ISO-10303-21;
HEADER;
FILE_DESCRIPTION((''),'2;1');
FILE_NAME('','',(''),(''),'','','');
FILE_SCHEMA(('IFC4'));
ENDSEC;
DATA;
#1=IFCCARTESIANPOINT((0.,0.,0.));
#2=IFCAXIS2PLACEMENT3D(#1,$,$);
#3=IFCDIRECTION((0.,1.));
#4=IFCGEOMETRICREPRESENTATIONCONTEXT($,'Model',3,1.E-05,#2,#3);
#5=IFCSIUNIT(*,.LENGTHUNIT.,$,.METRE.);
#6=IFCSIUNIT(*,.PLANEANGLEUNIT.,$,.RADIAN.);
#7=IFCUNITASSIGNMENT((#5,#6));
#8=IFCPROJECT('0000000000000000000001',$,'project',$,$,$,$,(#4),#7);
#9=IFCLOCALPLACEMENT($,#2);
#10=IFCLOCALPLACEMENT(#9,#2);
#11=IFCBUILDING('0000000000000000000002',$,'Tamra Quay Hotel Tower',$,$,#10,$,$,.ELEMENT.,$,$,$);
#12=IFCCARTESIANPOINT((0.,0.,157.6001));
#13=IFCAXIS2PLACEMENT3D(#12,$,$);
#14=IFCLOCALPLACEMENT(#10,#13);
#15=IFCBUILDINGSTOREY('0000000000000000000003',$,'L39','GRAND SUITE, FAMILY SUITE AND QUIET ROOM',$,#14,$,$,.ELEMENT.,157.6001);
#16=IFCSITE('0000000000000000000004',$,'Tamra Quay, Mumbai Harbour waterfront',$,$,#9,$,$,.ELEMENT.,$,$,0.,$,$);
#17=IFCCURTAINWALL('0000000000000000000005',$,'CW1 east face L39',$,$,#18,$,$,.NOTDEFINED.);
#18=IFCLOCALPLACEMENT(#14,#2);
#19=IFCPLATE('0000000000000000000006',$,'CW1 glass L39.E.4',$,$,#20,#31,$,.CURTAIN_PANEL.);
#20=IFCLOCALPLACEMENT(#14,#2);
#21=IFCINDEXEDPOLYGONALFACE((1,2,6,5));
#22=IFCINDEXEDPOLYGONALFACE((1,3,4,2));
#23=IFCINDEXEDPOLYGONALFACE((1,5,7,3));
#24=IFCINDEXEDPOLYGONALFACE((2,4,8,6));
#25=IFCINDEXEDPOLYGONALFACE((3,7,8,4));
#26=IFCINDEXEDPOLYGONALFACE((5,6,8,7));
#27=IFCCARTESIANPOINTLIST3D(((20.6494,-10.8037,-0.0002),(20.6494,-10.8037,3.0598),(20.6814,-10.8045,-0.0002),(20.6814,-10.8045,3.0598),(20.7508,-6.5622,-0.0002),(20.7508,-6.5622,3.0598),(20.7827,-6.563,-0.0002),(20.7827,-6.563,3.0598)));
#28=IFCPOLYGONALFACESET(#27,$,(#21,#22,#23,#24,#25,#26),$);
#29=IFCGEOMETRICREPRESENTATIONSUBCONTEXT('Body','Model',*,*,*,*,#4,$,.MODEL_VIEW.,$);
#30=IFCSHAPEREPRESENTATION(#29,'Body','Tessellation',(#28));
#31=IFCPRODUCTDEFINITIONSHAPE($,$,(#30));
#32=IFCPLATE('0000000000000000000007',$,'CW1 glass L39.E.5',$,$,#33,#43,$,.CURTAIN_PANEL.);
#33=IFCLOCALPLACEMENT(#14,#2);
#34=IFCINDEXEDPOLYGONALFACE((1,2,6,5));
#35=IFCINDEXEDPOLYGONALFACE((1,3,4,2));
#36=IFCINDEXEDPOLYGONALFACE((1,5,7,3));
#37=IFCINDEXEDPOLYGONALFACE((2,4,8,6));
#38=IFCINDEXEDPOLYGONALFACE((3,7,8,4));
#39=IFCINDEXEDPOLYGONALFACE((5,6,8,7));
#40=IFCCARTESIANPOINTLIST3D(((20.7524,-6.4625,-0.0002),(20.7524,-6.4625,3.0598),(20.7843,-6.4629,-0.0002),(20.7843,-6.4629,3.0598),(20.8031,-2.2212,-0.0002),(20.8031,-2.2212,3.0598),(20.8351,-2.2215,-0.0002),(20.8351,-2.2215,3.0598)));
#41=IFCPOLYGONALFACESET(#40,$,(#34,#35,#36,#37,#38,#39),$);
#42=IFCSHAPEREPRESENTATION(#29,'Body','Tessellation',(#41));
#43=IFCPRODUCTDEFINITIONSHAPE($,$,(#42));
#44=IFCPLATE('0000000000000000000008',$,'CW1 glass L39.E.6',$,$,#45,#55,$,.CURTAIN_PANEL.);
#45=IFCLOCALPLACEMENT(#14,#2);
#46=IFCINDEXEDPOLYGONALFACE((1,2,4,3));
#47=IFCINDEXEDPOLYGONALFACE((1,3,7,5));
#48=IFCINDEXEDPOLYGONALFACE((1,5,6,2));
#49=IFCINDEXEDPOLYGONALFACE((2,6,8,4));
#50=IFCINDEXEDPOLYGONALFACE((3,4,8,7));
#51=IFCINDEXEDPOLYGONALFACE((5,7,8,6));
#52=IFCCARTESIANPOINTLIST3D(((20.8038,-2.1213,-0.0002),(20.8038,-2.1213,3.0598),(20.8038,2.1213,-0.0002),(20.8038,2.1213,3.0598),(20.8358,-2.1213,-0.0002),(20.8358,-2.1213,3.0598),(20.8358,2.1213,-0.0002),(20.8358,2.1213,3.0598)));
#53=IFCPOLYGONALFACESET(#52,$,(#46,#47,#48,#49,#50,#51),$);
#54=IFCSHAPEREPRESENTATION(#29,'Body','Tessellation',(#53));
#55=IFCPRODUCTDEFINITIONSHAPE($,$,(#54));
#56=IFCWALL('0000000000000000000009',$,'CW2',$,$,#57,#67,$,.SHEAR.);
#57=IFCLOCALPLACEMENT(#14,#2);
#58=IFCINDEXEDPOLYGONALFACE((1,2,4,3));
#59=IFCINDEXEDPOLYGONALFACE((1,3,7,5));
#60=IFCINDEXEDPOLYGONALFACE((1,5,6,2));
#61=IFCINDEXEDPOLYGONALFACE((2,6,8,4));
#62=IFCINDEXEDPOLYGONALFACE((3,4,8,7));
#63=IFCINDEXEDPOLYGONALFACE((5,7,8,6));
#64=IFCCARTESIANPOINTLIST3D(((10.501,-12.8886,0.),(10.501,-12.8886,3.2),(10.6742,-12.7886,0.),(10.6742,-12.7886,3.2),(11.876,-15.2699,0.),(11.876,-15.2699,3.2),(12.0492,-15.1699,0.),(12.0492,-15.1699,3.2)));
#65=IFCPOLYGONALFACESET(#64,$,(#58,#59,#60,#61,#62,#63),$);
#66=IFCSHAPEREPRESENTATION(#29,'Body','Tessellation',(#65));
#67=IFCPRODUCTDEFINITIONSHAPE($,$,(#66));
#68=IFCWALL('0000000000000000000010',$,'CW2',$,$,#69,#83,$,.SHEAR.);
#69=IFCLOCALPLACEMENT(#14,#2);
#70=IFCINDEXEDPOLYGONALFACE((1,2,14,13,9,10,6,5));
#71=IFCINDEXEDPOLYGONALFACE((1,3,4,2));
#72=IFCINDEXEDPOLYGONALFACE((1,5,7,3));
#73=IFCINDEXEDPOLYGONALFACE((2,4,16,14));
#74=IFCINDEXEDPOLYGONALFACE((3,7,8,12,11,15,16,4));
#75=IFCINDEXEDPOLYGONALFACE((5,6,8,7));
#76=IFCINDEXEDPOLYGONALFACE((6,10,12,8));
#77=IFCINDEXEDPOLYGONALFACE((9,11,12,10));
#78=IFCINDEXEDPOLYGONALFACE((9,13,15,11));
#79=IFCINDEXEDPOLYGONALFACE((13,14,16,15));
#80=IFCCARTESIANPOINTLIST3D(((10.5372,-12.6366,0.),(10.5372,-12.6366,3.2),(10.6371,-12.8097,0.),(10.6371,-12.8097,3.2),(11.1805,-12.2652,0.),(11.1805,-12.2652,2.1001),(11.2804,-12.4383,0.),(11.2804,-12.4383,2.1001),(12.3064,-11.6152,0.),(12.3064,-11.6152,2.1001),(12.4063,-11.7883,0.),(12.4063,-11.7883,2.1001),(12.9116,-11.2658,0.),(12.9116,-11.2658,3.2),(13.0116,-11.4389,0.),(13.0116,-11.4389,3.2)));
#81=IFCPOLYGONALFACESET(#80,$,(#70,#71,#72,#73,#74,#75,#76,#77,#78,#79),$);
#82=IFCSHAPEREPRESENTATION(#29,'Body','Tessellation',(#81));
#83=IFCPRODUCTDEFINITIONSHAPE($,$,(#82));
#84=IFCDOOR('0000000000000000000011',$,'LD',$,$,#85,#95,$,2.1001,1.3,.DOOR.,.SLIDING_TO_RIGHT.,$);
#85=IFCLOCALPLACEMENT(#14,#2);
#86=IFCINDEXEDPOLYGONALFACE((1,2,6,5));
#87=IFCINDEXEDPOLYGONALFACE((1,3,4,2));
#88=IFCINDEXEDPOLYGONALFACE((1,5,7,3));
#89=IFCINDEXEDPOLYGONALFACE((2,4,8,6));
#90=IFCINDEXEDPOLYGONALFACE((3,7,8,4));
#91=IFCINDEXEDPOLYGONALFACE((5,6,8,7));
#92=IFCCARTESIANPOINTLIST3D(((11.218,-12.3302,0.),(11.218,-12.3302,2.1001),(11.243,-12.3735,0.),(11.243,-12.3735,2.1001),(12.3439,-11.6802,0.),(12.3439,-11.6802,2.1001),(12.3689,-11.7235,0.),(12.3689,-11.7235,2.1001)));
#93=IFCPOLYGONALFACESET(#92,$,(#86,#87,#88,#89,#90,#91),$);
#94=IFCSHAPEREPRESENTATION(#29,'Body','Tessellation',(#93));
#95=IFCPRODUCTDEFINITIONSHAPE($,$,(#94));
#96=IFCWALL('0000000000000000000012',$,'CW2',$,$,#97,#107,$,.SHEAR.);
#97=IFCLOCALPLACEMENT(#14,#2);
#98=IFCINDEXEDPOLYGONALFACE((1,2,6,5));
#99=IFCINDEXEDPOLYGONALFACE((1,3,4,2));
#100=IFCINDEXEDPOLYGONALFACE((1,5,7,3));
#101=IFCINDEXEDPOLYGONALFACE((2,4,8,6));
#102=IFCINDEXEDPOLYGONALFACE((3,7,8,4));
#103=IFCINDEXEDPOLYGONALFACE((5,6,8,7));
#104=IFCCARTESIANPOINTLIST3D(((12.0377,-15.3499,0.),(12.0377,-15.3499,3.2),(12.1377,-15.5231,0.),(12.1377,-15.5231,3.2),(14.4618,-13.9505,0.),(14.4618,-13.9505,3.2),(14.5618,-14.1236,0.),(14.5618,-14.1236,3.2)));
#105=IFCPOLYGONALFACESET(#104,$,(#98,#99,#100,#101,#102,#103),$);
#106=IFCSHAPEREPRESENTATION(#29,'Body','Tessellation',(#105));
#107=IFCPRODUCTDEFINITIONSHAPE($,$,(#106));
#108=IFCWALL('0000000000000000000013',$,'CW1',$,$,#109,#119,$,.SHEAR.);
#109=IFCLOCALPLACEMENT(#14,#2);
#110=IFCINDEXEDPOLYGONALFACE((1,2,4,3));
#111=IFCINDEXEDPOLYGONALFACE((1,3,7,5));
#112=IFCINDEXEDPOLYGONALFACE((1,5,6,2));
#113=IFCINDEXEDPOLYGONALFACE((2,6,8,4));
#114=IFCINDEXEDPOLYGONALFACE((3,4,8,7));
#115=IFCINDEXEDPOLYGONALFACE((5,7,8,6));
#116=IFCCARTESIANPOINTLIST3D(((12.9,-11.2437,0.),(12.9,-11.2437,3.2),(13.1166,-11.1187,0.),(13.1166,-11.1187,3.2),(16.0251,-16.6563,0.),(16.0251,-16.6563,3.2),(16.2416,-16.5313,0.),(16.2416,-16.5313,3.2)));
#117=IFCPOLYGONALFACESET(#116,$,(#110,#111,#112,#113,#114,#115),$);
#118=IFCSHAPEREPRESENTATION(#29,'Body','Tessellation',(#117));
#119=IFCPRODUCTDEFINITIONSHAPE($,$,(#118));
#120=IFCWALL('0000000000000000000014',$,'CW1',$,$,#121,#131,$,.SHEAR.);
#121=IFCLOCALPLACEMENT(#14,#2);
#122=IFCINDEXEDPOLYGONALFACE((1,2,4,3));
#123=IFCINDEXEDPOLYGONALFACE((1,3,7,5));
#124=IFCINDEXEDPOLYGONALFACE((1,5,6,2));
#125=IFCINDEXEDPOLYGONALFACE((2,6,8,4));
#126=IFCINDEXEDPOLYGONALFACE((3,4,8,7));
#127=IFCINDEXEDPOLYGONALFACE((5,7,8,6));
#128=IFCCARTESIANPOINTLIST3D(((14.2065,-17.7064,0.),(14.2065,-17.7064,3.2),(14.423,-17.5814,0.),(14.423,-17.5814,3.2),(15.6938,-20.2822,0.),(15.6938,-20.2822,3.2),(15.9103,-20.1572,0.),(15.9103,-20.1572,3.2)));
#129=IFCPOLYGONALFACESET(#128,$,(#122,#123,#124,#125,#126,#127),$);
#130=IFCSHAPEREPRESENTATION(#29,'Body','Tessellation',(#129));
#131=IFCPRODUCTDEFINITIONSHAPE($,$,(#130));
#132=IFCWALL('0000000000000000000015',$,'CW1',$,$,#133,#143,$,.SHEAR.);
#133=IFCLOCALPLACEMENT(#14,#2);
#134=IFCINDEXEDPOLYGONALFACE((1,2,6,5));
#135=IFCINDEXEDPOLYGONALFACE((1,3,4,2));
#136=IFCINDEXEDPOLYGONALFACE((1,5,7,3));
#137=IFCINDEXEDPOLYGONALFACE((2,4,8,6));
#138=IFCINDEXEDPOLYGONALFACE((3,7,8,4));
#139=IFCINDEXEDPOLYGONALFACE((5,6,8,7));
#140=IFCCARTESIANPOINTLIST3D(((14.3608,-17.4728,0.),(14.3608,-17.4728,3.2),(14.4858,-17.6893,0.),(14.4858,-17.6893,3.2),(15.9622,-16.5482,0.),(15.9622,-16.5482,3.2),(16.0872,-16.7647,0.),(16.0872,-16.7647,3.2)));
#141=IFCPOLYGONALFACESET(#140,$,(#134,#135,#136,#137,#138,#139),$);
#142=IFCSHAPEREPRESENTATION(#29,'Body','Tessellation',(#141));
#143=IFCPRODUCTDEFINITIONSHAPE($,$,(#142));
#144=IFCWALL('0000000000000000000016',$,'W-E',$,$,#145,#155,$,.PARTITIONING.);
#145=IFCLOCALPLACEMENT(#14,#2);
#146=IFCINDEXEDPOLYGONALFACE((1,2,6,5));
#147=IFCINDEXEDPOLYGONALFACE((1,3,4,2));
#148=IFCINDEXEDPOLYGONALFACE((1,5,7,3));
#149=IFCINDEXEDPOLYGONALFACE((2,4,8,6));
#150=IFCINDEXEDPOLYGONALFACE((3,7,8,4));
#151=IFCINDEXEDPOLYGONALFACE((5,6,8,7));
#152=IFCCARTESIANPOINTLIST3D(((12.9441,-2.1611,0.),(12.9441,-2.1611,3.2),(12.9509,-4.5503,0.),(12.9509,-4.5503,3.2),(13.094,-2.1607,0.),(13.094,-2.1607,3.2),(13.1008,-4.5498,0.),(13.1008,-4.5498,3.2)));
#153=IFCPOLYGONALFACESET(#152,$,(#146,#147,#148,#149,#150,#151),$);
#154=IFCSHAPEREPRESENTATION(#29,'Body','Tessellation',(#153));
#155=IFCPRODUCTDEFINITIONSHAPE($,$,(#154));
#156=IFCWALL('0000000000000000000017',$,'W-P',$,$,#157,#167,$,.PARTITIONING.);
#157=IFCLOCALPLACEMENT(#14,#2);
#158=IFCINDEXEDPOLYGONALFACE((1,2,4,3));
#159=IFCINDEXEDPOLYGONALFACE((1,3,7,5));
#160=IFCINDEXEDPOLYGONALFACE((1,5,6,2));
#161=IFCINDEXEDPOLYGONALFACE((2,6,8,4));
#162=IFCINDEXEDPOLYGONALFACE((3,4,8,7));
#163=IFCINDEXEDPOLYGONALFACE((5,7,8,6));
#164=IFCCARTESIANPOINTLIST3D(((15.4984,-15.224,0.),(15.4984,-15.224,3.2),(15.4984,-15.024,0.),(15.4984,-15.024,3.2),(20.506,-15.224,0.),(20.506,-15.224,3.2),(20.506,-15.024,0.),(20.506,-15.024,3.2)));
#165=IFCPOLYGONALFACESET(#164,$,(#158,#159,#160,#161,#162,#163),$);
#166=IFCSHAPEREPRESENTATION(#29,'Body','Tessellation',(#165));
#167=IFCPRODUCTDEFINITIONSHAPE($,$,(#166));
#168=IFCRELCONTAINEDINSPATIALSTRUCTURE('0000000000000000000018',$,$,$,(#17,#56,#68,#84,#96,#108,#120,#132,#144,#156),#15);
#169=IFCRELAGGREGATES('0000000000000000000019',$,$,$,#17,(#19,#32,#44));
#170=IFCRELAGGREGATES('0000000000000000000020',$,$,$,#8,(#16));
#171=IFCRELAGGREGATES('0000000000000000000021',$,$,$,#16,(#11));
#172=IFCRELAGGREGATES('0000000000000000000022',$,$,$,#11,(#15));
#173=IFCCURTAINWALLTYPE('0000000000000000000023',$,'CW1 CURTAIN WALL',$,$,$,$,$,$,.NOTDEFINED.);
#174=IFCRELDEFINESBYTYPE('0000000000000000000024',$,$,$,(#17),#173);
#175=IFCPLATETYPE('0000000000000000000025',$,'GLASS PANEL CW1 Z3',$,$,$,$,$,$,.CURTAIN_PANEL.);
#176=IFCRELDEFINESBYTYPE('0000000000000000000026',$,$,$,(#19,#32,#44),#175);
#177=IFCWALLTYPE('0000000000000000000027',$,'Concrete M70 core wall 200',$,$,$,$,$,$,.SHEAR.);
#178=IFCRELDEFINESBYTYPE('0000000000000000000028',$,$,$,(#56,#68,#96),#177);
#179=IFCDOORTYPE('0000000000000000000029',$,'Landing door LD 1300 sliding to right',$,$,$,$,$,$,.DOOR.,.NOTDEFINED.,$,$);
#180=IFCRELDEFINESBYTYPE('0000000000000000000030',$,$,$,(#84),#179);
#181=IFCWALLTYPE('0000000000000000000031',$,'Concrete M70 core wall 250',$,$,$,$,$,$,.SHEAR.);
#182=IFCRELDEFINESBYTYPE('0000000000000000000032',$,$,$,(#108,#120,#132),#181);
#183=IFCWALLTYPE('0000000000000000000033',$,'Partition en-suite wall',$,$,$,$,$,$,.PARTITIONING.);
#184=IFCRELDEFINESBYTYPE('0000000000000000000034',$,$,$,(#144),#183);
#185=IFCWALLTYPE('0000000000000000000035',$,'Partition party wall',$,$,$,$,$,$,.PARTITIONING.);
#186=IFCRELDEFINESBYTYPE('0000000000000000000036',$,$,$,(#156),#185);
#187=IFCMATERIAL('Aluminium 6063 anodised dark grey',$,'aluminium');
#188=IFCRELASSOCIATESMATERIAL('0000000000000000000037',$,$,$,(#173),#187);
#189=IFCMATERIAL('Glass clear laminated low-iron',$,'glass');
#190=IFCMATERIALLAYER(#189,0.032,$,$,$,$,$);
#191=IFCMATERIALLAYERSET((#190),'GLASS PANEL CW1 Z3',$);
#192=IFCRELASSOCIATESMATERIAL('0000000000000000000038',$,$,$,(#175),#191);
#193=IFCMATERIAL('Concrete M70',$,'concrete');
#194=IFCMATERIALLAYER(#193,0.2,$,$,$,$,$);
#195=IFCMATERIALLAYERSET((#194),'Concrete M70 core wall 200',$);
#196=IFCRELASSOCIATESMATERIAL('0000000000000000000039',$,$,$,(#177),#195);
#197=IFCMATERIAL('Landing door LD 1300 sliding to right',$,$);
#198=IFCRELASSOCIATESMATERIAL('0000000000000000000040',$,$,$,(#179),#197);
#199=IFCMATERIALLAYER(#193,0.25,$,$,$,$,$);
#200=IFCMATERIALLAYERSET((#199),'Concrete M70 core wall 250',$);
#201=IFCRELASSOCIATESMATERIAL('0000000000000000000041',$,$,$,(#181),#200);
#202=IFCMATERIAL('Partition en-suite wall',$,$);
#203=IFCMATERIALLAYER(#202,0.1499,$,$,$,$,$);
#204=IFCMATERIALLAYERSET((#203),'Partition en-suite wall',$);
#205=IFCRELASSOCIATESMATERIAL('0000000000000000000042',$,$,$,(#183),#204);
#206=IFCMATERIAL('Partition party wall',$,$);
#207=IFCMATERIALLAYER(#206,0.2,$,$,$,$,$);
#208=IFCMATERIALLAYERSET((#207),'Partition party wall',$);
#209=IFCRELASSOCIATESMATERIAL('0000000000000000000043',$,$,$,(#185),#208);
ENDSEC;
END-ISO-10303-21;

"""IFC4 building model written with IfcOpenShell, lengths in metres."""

from ifc_helpers import new_model, si_unit, direction, frame, frame_2d, origin, origin_2d, place, context, subcontext, project, spatial, rectangle, extrude, material, layer, layer_set, type_object, element, fill, aggregate, save


model = new_model("IFC4")

# Units and contexts
model_context = context("Model", 3, precision=1e-05, world=origin(), true_north=direction((0.0, 1.0)))
body_context = subcontext(model_context, "Body", "Model", "MODEL_VIEW")
ifc_project = project(units=[si_unit("LENGTHUNIT", "METRE"), si_unit("PLANEANGLEUNIT", "RADIAN")], contexts=[model_context])

# Site, building, storey
site_placement = place(None, origin())
site = spatial("IfcSite", under=ifc_project, at=site_placement, Name="Tamra Quay, Mumbai Harbour waterfront", CompositionType="ELEMENT", RefElevation=0.0)
building_placement = place(site_placement, origin())
building = spatial("IfcBuilding", under=site, at=building_placement, Name="Tamra Quay Hotel Tower", CompositionType="ELEMENT")
storey_placement = place(building_placement, frame((0.0, 0.0, 157.6001)))
storey = spatial("IfcBuildingStorey", under=building, at=storey_placement, Name="L39", Description="GRAND SUITE, FAMILY SUITE AND QUIET ROOM", CompositionType="ELEMENT", Elevation=157.6001)

# Shared definitions
ifc_material_1 = material(Name="Concrete M70", Category="concrete")

# Curtain wall
ifc_material_2 = material(Name="Aluminium 6063 anodised dark grey", Category="aluminium")
curtain_wall_type = type_object("IfcCurtainWallType", Name="CW1 CURTAIN WALL", PredefinedType="NOTDEFINED", material=ifc_material_2)
curtain_wall_placement = place(storey_placement, origin())
curtain_wall = element("IfcCurtainWall", 1, at=curtain_wall_placement, inside=storey, type_object=curtain_wall_type, Name="CW1 east face L39", PredefinedType="NOTDEFINED")

# Plates
ifc_material_3 = material(Name="Glass clear laminated low-iron", Category="glass")
ifc_layer_1 = layer(ifc_material_3, 0.032)
ifc_layer_set_1 = layer_set([ifc_layer_1], Name="GLASS PANEL CW1 Z3")
plate_type = type_object("IfcPlateType", Name="GLASS PANEL CW1 Z3", PredefinedType="CURTAIN_PANEL", material=ifc_layer_set_1)
plate_1_placement = place(storey_placement, frame((20.7161, -8.6833, -0.0002), z_axis=(0.0, 0.0, 1.0), x_axis=(0.023896, 0.999714, 0.0)))
plate_1 = element("IfcPlate", 2, at=plate_1_placement, type_object=plate_type, Name="CW1 glass L39.E.4", PredefinedType="CURTAIN_PANEL", context=body_context, shape_type="SweptSolid", body=[
    extrude(rectangle(XDim=4.2427, YDim=0.032, at=origin_2d()), origin(), (0.0, 0.0, 1.0), 3.0601),
])
plate_2_placement = place(storey_placement, frame((20.7937, -4.342, -0.0002), z_axis=(0.0, 0.0, 1.0), x_axis=(0.011957, 0.999929, 0.0)))
plate_2 = element("IfcPlate", 3, at=plate_2_placement, type_object=plate_type, Name="CW1 glass L39.E.5", PredefinedType="CURTAIN_PANEL", context=body_context, shape_type="SweptSolid", body=[
    extrude(rectangle(XDim=4.2417, YDim=0.032, at=origin_2d()), origin(), (0.0, 0.0, 1.0), 3.0601),
])
plate_3_placement = place(storey_placement, frame((20.8198, 0.0, -0.0002), z_axis=(0.0, 0.0, 1.0), x_axis=(0.0, 1.0, 0.0)))
plate_3 = element("IfcPlate", 4, at=plate_3_placement, type_object=plate_type, Name="CW1 glass L39.E.6", PredefinedType="CURTAIN_PANEL", context=body_context, shape_type="SweptSolid", body=[
    extrude(rectangle(XDim=4.2427, YDim=0.032, at=origin_2d()), origin(), (0.0, 0.0, 1.0), 3.0601),
])
aggregate(curtain_wall, [plate_1, plate_2, plate_3])

# Wall
ifc_layer_2 = layer(ifc_material_1, 0.2)
ifc_layer_set_2 = layer_set([ifc_layer_2], Name="Concrete M70 core wall 200")
wall_type_1 = type_object("IfcWallType", Name="Concrete M70 core wall 200", PredefinedType="SHEAR", material=ifc_layer_set_2)
wall_1_placement = place(storey_placement, frame((11.9626, -15.22, 0.0), z_axis=(0.0, 0.0, 1.0), x_axis=(-0.500035, 0.866005, 0.0)))
element("IfcWall", 5, at=wall_1_placement, inside=storey, type_object=wall_type_1, Name="CW2", PredefinedType="SHEAR", context=body_context, shape_type="SweptSolid", body=[
    extrude(rectangle(XDim=2.7498, YDim=0.2, at=frame_2d((1.375, 0.0))), origin(), (0.0, 0.0, 1.0), 3.2),
])

# Wall, opening, door
wall_2_placement = place(storey_placement, frame((10.5872, -12.7231, 0.0), z_axis=(0.0, 0.0, 1.0), x_axis=(0.866037, 0.499979, 0.0)))
wall_2 = element("IfcWall", 6, at=wall_2_placement, inside=storey, type_object=wall_type_1, Name="CW2", PredefinedType="SHEAR", context=body_context, shape_type="SweptSolid", body=[
    extrude(rectangle(XDim=2.7417, YDim=0.2, at=frame_2d((1.3708, 0.0))), origin(), (0.0, 0.0, 1.0), 3.2),
])
opening_placement = place(wall_2_placement, frame((0.7429, 0.0, 0.0)))
opening = element("IfcOpeningElement", 7, at=opening_placement, cuts=wall_2, PredefinedType="OPENING", context=body_context, shape_type="SweptSolid", body=[
    extrude(rectangle(XDim=1.3, YDim=2.1001, at=frame_2d((0.6499, 1.05))), frame((0.0, 0.1099, 0.0), z_axis=(0.0, -1.0, 0.0), x_axis=(1.0, 0.0, 0.0)), (0.0, 0.0, 1.0), 0.22),
])
ifc_material_4 = material(Name="Landing door LD 1300 sliding to right")
door_type = type_object("IfcDoorType", Name="Landing door LD 1300 sliding to right", OperationType="NOTDEFINED", PredefinedType="DOOR", material=ifc_material_4)
door_placement = place(opening_placement, origin())
door = element("IfcDoor", 8, at=door_placement, inside=storey, type_object=door_type, Name="LD", OperationType="SLIDING_TO_RIGHT", OverallHeight=2.1001, OverallWidth=1.3, PredefinedType="DOOR", context=body_context, shape_type="SweptSolid", body=[
    extrude(rectangle(XDim=1.3, YDim=2.1001, at=frame_2d((0.6499, 1.05))), frame((0.0, 0.0249, 0.0), z_axis=(0.0, -1.0, 0.0), x_axis=(1.0, 0.0, 0.0)), (0.0, 0.0, 1.0), 0.05),
])
fill(opening, door)

# Walls
wall_3_placement = place(storey_placement, frame((14.5117, -14.0371, 0.0), z_axis=(0.0, 0.0, 1.0), x_axis=(-0.866045, -0.499967, 0.0)))
element("IfcWall", 9, at=wall_3_placement, inside=storey, type_object=wall_type_1, Name="CW2", PredefinedType="SHEAR", context=body_context, shape_type="SweptSolid", body=[
    extrude(rectangle(XDim=2.7991, YDim=0.2, at=frame_2d((1.3994, 0.0))), origin(), (0.0, 0.0, 1.0), 3.2),
])
ifc_layer_3 = layer(ifc_material_1, 0.25)
ifc_layer_set_3 = layer_set([ifc_layer_3], Name="Concrete M70 core wall 250")
wall_type_2 = type_object("IfcWallType", Name="Concrete M70 core wall 250", PredefinedType="SHEAR", material=ifc_layer_set_3)
wall_4_placement = place(storey_placement, frame((13.0083, -11.1812, 0.0), z_axis=(0.0, 0.0, 1.0), x_axis=(0.500004, -0.866023, 0.0)))
element("IfcWall", 10, at=wall_4_placement, inside=storey, type_object=wall_type_2, Name="CW1", PredefinedType="SHEAR", context=body_context, shape_type="SweptSolid", body=[
    extrude(rectangle(XDim=6.25, YDim=0.25, at=frame_2d((3.125, 0.0))), origin(), (0.0, 0.0, 1.0), 3.2),
])
wall_5_placement = place(storey_placement, frame((14.3147, -17.6438, 0.0), z_axis=(0.0, 0.0, 1.0), x_axis=(0.500023, -0.866012, 0.0)))
element("IfcWall", 11, at=wall_5_placement, inside=storey, type_object=wall_type_2, Name="CW1", PredefinedType="SHEAR", context=body_context, shape_type="SweptSolid", body=[
    extrude(rectangle(XDim=2.9744, YDim=0.25, at=frame_2d((1.4873, 0.0))), origin(), (0.0, 0.0, 1.0), 3.2),
])
wall_6_placement = place(storey_placement, frame((16.0247, -16.6565, 0.0), z_axis=(0.0, 0.0, 1.0), x_axis=(-0.866016, -0.500016, 0.0)))
element("IfcWall", 12, at=wall_6_placement, inside=storey, type_object=wall_type_2, Name="CW1", PredefinedType="SHEAR", context=body_context, shape_type="SweptSolid", body=[
    extrude(rectangle(XDim=1.8491, YDim=0.25, at=frame_2d((0.9246, 0.0))), origin(), (0.0, 0.0, 1.0), 3.2),
])
ifc_material_5 = material(Name="Partition en-suite wall")
ifc_layer_4 = layer(ifc_material_5, 0.1499)
ifc_layer_set_4 = layer_set([ifc_layer_4], Name="Partition en-suite wall")
wall_type_3 = type_object("IfcWallType", Name="Partition en-suite wall", PredefinedType="PARTITIONING", material=ifc_layer_set_4)
wall_7_placement = place(storey_placement, frame((13.019, -2.1609, 0.0), z_axis=(0.0, 0.0, 1.0), x_axis=(0.002861, -0.999996, 0.0)))
element("IfcWall", 13, at=wall_7_placement, inside=storey, type_object=wall_type_3, Name="W-E", PredefinedType="PARTITIONING", context=body_context, shape_type="SweptSolid", body=[
    extrude(rectangle(XDim=2.3892, YDim=0.1499, at=frame_2d((1.1946, 0.0))), origin(), (0.0, 0.0, 1.0), 3.2),
])
ifc_material_6 = material(Name="Partition party wall")
ifc_layer_5 = layer(ifc_material_6, 0.2)
ifc_layer_set_5 = layer_set([ifc_layer_5], Name="Partition party wall")
wall_type_4 = type_object("IfcWallType", Name="Partition party wall", PredefinedType="PARTITIONING", material=ifc_layer_set_5)
wall_8_placement = place(storey_placement, frame((15.4983, -15.124, 0.0), z_axis=(0.0, 0.0, 1.0), x_axis=(1.0, 0.0, 0.0)))
element("IfcWall", 14, at=wall_8_placement, inside=storey, type_object=wall_type_4, Name="W-P", PredefinedType="PARTITIONING", context=body_context, shape_type="SweptSolid", body=[
    extrude(rectangle(XDim=5.0076, YDim=0.2, at=frame_2d((2.5039, 0.0))), origin(), (0.0, 0.0, 1.0), 3.2),
])

save(model, "model.ifc")
